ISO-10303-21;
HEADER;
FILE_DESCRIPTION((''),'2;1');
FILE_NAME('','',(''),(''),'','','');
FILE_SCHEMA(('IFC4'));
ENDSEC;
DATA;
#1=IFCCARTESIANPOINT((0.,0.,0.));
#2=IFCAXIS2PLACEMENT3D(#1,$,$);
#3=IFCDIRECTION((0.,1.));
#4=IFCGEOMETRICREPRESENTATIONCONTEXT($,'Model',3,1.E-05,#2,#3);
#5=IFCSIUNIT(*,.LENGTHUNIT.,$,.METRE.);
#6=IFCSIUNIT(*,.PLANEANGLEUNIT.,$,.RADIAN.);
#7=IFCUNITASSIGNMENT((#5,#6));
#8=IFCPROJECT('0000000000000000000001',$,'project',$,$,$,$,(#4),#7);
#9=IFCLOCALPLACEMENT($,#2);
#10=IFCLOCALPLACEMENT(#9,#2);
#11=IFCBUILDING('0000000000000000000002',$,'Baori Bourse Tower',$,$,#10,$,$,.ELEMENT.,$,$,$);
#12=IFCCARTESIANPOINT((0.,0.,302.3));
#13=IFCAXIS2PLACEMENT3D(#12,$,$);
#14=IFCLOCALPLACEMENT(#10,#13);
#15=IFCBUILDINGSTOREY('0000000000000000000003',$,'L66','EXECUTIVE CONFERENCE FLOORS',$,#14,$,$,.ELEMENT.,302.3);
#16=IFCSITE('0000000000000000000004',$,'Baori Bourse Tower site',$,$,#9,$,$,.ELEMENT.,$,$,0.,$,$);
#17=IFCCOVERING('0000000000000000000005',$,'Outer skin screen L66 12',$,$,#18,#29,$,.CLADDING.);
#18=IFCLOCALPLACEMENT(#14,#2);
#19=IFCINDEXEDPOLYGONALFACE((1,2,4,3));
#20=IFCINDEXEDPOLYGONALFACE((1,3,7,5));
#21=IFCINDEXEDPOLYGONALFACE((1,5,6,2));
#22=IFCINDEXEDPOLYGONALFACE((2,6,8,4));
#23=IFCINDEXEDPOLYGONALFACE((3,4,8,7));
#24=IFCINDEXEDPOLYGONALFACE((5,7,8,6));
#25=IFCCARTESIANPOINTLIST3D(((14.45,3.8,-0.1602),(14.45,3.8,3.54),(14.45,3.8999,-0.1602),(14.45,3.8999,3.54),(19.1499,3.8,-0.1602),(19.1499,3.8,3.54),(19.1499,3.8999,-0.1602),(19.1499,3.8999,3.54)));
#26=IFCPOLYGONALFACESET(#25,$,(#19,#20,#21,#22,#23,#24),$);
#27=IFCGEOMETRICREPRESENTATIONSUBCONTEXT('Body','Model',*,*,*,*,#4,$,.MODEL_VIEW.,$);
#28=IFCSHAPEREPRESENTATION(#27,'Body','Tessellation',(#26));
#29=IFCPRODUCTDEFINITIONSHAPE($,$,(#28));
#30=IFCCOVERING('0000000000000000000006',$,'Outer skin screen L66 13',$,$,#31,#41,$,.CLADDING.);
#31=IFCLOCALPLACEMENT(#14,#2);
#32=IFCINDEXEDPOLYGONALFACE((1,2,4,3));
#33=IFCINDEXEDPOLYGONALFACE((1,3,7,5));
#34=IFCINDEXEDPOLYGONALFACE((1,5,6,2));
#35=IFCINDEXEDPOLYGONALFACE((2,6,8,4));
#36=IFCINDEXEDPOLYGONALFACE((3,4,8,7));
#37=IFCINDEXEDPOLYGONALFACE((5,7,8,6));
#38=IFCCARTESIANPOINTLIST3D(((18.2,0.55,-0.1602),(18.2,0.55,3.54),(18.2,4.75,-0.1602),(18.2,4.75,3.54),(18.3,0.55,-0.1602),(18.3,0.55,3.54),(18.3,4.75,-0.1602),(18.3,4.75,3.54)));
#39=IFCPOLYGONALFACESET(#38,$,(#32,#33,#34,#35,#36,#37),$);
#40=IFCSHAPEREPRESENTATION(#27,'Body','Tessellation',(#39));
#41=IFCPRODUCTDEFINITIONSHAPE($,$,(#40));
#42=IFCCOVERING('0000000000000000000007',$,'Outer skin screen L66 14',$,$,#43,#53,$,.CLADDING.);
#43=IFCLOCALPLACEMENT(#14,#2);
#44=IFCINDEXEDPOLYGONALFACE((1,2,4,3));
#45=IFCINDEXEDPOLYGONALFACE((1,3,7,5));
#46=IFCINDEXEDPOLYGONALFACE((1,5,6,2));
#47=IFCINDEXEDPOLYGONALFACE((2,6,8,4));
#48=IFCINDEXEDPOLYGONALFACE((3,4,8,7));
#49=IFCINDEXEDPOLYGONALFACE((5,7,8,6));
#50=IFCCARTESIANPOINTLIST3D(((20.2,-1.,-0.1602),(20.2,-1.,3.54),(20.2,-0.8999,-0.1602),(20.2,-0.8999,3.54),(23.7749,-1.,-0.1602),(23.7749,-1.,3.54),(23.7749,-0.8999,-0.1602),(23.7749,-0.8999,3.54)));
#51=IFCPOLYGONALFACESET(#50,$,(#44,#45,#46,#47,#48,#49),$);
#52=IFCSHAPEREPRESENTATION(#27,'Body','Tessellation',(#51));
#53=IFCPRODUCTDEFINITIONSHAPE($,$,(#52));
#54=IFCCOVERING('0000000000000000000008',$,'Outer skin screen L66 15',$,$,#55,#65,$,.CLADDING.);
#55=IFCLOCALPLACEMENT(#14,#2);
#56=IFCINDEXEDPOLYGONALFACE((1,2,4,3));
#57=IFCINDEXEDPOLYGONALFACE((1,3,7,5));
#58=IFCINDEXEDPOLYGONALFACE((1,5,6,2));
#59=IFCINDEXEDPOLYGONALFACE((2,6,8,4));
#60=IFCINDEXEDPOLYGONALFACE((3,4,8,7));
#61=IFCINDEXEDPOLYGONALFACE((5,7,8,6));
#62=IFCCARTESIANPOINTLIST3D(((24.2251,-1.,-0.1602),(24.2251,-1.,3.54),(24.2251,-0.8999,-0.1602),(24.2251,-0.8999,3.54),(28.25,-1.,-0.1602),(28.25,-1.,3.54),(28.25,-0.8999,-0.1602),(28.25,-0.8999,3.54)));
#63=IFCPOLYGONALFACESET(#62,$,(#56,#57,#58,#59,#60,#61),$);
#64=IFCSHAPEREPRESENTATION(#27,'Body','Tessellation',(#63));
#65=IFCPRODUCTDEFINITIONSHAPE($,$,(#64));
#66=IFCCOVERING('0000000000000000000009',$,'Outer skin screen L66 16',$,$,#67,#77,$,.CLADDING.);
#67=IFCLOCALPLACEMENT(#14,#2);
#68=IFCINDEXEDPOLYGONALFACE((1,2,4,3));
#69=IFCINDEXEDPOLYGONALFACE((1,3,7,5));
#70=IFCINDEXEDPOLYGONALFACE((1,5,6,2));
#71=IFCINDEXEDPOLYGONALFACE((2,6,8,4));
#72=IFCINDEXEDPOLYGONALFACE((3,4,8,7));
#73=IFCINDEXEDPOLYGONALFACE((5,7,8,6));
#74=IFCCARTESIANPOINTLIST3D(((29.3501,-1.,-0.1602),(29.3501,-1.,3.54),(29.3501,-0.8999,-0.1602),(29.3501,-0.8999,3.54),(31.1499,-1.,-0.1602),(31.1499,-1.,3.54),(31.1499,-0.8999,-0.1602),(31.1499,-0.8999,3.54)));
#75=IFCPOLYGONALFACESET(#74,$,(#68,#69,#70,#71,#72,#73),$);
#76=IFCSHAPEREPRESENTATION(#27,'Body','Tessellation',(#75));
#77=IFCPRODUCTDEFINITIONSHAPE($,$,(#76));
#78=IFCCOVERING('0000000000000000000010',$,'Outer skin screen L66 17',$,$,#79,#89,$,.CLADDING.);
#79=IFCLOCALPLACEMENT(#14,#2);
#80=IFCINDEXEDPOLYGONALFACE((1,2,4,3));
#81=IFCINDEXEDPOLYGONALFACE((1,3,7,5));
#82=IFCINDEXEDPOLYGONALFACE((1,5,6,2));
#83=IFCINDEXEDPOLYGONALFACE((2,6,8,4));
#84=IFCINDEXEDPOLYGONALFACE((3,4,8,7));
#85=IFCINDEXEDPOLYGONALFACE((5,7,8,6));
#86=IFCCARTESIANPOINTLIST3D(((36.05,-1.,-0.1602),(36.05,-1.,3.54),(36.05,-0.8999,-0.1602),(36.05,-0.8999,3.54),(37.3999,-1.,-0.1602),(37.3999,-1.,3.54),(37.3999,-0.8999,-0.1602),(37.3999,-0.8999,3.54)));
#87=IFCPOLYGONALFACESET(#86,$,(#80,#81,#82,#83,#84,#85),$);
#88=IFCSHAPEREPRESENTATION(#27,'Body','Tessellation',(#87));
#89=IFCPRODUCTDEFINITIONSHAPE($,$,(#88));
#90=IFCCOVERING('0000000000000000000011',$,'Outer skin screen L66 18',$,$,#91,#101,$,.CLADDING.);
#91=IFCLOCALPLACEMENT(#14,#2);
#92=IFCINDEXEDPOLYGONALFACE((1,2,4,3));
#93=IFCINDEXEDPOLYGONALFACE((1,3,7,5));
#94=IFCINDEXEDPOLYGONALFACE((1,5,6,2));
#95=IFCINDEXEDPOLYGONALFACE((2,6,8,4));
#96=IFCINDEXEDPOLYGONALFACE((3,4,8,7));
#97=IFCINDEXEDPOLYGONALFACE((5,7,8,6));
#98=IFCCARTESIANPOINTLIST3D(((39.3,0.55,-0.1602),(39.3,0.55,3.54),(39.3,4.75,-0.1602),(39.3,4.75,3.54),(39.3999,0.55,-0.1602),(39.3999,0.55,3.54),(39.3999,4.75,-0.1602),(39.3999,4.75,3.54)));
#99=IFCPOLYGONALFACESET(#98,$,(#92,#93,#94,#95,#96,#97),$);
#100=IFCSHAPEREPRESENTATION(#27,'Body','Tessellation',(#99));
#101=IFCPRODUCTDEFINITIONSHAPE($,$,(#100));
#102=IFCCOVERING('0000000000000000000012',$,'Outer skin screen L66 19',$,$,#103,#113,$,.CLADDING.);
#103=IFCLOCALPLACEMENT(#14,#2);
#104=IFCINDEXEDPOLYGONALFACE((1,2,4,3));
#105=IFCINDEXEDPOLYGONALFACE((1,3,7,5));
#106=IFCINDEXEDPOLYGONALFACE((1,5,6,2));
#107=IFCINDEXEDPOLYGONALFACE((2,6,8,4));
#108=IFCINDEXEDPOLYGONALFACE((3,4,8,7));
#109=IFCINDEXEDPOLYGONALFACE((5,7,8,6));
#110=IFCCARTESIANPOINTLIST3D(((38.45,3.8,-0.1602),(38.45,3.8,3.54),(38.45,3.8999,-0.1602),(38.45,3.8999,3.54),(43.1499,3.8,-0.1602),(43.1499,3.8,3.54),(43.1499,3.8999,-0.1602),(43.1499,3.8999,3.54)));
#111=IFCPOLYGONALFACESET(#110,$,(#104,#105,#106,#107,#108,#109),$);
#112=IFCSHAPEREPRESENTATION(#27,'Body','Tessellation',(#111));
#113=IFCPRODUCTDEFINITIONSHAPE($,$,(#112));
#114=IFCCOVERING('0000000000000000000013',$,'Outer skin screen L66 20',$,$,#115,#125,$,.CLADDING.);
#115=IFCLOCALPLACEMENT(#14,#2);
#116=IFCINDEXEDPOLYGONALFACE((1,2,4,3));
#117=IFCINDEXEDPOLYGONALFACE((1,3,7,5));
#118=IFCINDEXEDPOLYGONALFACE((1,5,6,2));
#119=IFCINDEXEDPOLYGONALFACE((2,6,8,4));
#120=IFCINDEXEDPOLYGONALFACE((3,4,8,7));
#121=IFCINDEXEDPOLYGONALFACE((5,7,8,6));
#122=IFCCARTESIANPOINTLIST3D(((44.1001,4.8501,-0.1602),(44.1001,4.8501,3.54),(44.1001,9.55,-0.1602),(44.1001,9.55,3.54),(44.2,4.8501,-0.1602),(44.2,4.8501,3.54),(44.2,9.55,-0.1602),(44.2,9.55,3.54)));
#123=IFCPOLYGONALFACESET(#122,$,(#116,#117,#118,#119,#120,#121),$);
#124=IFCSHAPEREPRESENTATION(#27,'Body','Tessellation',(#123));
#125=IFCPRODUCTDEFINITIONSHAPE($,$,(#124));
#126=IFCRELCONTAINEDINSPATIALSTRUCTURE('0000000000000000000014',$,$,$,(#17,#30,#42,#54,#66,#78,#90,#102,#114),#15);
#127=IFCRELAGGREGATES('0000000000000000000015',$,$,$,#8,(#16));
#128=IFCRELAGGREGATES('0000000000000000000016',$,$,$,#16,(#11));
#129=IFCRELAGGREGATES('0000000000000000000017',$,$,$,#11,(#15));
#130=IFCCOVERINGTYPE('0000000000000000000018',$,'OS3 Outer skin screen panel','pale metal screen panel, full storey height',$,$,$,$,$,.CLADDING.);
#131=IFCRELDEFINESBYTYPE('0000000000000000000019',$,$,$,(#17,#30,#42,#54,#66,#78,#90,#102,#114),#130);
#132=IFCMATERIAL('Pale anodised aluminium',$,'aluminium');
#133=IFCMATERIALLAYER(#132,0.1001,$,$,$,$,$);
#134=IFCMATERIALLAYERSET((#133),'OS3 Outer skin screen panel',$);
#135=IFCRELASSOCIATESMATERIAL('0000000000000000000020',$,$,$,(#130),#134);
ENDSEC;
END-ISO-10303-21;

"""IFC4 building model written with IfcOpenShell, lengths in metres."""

from ifc_helpers import new_model, si_unit, direction, frame, origin, place, context, subcontext, project, spatial, polyline, outline, extrude, material, layer, layer_set, type_object, element, save


model = new_model("IFC4")

# Units and contexts
model_context = context("Model", 3, precision=1e-05, world=origin(), true_north=direction((0.0, 1.0)))
body_context = subcontext(model_context, "Body", "Model", "MODEL_VIEW")
ifc_project = project(units=[si_unit("LENGTHUNIT", "METRE"), si_unit("PLANEANGLEUNIT", "RADIAN")], contexts=[model_context])

# Site, building, storey
site_placement = place(None, origin())
site = spatial("IfcSite", under=ifc_project, at=site_placement, Name="Baori Bourse Tower site", CompositionType="ELEMENT", RefElevation=0.0)
building_placement = place(site_placement, origin())
building = spatial("IfcBuilding", under=site, at=building_placement, Name="Baori Bourse Tower", CompositionType="ELEMENT")
storey_placement = place(building_placement, frame((0.0, 0.0, 302.3)))
storey = spatial("IfcBuildingStorey", under=building, at=storey_placement, Name="L66", Description="EXECUTIVE CONFERENCE FLOORS", CompositionType="ELEMENT", Elevation=302.3)

# Coverings
ifc_material_1 = material(Name="Pale anodised aluminium", Category="aluminium")
ifc_layer_1 = layer(ifc_material_1, 0.1001)
ifc_layer_set_1 = layer_set([ifc_layer_1], Name="OS3 Outer skin screen panel")
covering_type_1 = type_object("IfcCoveringType", Name="OS3 Outer skin screen panel", Description="pale metal screen panel, full storey height", PredefinedType="CLADDING", material=ifc_layer_set_1)
covering_1_placement = place(storey_placement, frame((0.0, 0.0, -0.1602)))
element("IfcCovering", 1, at=covering_1_placement, inside=storey, type_object=covering_type_1, Name="Outer skin screen L66 12", PredefinedType="CLADDING", context=body_context, shape_type="SweptSolid", body=[
    extrude(outline(polyline([(19.1499, 3.8999), (14.45, 3.8999), (14.45, 3.8), (19.1499, 3.8), (19.1499, 3.8999)])), origin(), (0.0, 0.0, 1.0), 3.7002),
])
covering_2_placement = place(storey_placement, frame((0.0, 0.0, -0.1602)))
element("IfcCovering", 2, at=covering_2_placement, inside=storey, type_object=covering_type_1, Name="Outer skin screen L66 13", PredefinedType="CLADDING", context=body_context, shape_type="SweptSolid", body=[
    extrude(outline(polyline([(18.3, 0.55), (18.3, 4.75), (18.2, 4.75), (18.2, 0.55), (18.3, 0.55)])), origin(), (0.0, 0.0, 1.0), 3.7002),
])
covering_3_placement = place(storey_placement, frame((0.0, 0.0, -0.1602)))
element("IfcCovering", 3, at=covering_3_placement, inside=storey, type_object=covering_type_1, Name="Outer skin screen L66 14", PredefinedType="CLADDING", context=body_context, shape_type="SweptSolid", body=[
    extrude(outline(polyline([(23.7749, -0.8999), (20.2, -0.8999), (20.2, -1.0), (23.7749, -1.0), (23.7749, -0.8999)])), origin(), (0.0, 0.0, 1.0), 3.7002),
])
covering_4_placement = place(storey_placement, frame((0.0, 0.0, -0.1602)))
element("IfcCovering", 4, at=covering_4_placement, inside=storey, type_object=covering_type_1, Name="Outer skin screen L66 15", PredefinedType="CLADDING", context=body_context, shape_type="SweptSolid", body=[
    extrude(outline(polyline([(28.25, -0.8999), (24.2251, -0.8999), (24.2251, -1.0), (28.25, -1.0), (28.25, -0.8999)])), origin(), (0.0, 0.0, 1.0), 3.7002),
])
covering_5_placement = place(storey_placement, frame((0.0, 0.0, -0.1602)))
element("IfcCovering", 5, at=covering_5_placement, inside=storey, type_object=covering_type_1, Name="Outer skin screen L66 16", PredefinedType="CLADDING", context=body_context, shape_type="SweptSolid", body=[
    extrude(outline(polyline([(31.1499, -0.8999), (29.3501, -0.8999), (29.3501, -1.0), (31.1499, -1.0), (31.1499, -0.8999)])), origin(), (0.0, 0.0, 1.0), 3.7002),
])
covering_6_placement = place(storey_placement, frame((0.0, 0.0, -0.1602)))
element("IfcCovering", 6, at=covering_6_placement, inside=storey, type_object=covering_type_1, Name="Outer skin screen L66 17", PredefinedType="CLADDING", context=body_context, shape_type="SweptSolid", body=[
    extrude(outline(polyline([(37.3999, -0.8999), (36.05, -0.8999), (36.05, -1.0), (37.3999, -1.0), (37.3999, -0.8999)])), origin(), (0.0, 0.0, 1.0), 3.7002),
])
covering_7_placement = place(storey_placement, frame((0.0, 0.0, -0.1602)))
element("IfcCovering", 7, at=covering_7_placement, inside=storey, type_object=covering_type_1, Name="Outer skin screen L66 18", PredefinedType="CLADDING", context=body_context, shape_type="SweptSolid", body=[
    extrude(outline(polyline([(39.3, 4.75), (39.3, 0.55), (39.3999, 0.55), (39.3999, 4.75), (39.3, 4.75)])), origin(), (0.0, 0.0, 1.0), 3.7002),
])
covering_8_placement = place(storey_placement, frame((0.0, 0.0, -0.1602)))
element("IfcCovering", 8, at=covering_8_placement, inside=storey, type_object=covering_type_1, Name="Outer skin screen L66 19", PredefinedType="CLADDING", context=body_context, shape_type="SweptSolid", body=[
    extrude(outline(polyline([(43.1499, 3.8999), (38.45, 3.8999), (38.45, 3.8), (43.1499, 3.8), (43.1499, 3.8999)])), origin(), (0.0, 0.0, 1.0), 3.7002),
])
covering_9_placement = place(storey_placement, frame((0.0, 0.0, -0.1602)))
element("IfcCovering", 9, at=covering_9_placement, inside=storey, type_object=covering_type_1, Name="Outer skin screen L66 20", PredefinedType="CLADDING", context=body_context, shape_type="SweptSolid", body=[
    extrude(outline(polyline([(44.1001, 9.55), (44.1001, 4.8501), (44.2, 4.8501), (44.2, 9.55), (44.1001, 9.55)])), origin(), (0.0, 0.0, 1.0), 3.7002),
])

save(model, "model.ifc")
